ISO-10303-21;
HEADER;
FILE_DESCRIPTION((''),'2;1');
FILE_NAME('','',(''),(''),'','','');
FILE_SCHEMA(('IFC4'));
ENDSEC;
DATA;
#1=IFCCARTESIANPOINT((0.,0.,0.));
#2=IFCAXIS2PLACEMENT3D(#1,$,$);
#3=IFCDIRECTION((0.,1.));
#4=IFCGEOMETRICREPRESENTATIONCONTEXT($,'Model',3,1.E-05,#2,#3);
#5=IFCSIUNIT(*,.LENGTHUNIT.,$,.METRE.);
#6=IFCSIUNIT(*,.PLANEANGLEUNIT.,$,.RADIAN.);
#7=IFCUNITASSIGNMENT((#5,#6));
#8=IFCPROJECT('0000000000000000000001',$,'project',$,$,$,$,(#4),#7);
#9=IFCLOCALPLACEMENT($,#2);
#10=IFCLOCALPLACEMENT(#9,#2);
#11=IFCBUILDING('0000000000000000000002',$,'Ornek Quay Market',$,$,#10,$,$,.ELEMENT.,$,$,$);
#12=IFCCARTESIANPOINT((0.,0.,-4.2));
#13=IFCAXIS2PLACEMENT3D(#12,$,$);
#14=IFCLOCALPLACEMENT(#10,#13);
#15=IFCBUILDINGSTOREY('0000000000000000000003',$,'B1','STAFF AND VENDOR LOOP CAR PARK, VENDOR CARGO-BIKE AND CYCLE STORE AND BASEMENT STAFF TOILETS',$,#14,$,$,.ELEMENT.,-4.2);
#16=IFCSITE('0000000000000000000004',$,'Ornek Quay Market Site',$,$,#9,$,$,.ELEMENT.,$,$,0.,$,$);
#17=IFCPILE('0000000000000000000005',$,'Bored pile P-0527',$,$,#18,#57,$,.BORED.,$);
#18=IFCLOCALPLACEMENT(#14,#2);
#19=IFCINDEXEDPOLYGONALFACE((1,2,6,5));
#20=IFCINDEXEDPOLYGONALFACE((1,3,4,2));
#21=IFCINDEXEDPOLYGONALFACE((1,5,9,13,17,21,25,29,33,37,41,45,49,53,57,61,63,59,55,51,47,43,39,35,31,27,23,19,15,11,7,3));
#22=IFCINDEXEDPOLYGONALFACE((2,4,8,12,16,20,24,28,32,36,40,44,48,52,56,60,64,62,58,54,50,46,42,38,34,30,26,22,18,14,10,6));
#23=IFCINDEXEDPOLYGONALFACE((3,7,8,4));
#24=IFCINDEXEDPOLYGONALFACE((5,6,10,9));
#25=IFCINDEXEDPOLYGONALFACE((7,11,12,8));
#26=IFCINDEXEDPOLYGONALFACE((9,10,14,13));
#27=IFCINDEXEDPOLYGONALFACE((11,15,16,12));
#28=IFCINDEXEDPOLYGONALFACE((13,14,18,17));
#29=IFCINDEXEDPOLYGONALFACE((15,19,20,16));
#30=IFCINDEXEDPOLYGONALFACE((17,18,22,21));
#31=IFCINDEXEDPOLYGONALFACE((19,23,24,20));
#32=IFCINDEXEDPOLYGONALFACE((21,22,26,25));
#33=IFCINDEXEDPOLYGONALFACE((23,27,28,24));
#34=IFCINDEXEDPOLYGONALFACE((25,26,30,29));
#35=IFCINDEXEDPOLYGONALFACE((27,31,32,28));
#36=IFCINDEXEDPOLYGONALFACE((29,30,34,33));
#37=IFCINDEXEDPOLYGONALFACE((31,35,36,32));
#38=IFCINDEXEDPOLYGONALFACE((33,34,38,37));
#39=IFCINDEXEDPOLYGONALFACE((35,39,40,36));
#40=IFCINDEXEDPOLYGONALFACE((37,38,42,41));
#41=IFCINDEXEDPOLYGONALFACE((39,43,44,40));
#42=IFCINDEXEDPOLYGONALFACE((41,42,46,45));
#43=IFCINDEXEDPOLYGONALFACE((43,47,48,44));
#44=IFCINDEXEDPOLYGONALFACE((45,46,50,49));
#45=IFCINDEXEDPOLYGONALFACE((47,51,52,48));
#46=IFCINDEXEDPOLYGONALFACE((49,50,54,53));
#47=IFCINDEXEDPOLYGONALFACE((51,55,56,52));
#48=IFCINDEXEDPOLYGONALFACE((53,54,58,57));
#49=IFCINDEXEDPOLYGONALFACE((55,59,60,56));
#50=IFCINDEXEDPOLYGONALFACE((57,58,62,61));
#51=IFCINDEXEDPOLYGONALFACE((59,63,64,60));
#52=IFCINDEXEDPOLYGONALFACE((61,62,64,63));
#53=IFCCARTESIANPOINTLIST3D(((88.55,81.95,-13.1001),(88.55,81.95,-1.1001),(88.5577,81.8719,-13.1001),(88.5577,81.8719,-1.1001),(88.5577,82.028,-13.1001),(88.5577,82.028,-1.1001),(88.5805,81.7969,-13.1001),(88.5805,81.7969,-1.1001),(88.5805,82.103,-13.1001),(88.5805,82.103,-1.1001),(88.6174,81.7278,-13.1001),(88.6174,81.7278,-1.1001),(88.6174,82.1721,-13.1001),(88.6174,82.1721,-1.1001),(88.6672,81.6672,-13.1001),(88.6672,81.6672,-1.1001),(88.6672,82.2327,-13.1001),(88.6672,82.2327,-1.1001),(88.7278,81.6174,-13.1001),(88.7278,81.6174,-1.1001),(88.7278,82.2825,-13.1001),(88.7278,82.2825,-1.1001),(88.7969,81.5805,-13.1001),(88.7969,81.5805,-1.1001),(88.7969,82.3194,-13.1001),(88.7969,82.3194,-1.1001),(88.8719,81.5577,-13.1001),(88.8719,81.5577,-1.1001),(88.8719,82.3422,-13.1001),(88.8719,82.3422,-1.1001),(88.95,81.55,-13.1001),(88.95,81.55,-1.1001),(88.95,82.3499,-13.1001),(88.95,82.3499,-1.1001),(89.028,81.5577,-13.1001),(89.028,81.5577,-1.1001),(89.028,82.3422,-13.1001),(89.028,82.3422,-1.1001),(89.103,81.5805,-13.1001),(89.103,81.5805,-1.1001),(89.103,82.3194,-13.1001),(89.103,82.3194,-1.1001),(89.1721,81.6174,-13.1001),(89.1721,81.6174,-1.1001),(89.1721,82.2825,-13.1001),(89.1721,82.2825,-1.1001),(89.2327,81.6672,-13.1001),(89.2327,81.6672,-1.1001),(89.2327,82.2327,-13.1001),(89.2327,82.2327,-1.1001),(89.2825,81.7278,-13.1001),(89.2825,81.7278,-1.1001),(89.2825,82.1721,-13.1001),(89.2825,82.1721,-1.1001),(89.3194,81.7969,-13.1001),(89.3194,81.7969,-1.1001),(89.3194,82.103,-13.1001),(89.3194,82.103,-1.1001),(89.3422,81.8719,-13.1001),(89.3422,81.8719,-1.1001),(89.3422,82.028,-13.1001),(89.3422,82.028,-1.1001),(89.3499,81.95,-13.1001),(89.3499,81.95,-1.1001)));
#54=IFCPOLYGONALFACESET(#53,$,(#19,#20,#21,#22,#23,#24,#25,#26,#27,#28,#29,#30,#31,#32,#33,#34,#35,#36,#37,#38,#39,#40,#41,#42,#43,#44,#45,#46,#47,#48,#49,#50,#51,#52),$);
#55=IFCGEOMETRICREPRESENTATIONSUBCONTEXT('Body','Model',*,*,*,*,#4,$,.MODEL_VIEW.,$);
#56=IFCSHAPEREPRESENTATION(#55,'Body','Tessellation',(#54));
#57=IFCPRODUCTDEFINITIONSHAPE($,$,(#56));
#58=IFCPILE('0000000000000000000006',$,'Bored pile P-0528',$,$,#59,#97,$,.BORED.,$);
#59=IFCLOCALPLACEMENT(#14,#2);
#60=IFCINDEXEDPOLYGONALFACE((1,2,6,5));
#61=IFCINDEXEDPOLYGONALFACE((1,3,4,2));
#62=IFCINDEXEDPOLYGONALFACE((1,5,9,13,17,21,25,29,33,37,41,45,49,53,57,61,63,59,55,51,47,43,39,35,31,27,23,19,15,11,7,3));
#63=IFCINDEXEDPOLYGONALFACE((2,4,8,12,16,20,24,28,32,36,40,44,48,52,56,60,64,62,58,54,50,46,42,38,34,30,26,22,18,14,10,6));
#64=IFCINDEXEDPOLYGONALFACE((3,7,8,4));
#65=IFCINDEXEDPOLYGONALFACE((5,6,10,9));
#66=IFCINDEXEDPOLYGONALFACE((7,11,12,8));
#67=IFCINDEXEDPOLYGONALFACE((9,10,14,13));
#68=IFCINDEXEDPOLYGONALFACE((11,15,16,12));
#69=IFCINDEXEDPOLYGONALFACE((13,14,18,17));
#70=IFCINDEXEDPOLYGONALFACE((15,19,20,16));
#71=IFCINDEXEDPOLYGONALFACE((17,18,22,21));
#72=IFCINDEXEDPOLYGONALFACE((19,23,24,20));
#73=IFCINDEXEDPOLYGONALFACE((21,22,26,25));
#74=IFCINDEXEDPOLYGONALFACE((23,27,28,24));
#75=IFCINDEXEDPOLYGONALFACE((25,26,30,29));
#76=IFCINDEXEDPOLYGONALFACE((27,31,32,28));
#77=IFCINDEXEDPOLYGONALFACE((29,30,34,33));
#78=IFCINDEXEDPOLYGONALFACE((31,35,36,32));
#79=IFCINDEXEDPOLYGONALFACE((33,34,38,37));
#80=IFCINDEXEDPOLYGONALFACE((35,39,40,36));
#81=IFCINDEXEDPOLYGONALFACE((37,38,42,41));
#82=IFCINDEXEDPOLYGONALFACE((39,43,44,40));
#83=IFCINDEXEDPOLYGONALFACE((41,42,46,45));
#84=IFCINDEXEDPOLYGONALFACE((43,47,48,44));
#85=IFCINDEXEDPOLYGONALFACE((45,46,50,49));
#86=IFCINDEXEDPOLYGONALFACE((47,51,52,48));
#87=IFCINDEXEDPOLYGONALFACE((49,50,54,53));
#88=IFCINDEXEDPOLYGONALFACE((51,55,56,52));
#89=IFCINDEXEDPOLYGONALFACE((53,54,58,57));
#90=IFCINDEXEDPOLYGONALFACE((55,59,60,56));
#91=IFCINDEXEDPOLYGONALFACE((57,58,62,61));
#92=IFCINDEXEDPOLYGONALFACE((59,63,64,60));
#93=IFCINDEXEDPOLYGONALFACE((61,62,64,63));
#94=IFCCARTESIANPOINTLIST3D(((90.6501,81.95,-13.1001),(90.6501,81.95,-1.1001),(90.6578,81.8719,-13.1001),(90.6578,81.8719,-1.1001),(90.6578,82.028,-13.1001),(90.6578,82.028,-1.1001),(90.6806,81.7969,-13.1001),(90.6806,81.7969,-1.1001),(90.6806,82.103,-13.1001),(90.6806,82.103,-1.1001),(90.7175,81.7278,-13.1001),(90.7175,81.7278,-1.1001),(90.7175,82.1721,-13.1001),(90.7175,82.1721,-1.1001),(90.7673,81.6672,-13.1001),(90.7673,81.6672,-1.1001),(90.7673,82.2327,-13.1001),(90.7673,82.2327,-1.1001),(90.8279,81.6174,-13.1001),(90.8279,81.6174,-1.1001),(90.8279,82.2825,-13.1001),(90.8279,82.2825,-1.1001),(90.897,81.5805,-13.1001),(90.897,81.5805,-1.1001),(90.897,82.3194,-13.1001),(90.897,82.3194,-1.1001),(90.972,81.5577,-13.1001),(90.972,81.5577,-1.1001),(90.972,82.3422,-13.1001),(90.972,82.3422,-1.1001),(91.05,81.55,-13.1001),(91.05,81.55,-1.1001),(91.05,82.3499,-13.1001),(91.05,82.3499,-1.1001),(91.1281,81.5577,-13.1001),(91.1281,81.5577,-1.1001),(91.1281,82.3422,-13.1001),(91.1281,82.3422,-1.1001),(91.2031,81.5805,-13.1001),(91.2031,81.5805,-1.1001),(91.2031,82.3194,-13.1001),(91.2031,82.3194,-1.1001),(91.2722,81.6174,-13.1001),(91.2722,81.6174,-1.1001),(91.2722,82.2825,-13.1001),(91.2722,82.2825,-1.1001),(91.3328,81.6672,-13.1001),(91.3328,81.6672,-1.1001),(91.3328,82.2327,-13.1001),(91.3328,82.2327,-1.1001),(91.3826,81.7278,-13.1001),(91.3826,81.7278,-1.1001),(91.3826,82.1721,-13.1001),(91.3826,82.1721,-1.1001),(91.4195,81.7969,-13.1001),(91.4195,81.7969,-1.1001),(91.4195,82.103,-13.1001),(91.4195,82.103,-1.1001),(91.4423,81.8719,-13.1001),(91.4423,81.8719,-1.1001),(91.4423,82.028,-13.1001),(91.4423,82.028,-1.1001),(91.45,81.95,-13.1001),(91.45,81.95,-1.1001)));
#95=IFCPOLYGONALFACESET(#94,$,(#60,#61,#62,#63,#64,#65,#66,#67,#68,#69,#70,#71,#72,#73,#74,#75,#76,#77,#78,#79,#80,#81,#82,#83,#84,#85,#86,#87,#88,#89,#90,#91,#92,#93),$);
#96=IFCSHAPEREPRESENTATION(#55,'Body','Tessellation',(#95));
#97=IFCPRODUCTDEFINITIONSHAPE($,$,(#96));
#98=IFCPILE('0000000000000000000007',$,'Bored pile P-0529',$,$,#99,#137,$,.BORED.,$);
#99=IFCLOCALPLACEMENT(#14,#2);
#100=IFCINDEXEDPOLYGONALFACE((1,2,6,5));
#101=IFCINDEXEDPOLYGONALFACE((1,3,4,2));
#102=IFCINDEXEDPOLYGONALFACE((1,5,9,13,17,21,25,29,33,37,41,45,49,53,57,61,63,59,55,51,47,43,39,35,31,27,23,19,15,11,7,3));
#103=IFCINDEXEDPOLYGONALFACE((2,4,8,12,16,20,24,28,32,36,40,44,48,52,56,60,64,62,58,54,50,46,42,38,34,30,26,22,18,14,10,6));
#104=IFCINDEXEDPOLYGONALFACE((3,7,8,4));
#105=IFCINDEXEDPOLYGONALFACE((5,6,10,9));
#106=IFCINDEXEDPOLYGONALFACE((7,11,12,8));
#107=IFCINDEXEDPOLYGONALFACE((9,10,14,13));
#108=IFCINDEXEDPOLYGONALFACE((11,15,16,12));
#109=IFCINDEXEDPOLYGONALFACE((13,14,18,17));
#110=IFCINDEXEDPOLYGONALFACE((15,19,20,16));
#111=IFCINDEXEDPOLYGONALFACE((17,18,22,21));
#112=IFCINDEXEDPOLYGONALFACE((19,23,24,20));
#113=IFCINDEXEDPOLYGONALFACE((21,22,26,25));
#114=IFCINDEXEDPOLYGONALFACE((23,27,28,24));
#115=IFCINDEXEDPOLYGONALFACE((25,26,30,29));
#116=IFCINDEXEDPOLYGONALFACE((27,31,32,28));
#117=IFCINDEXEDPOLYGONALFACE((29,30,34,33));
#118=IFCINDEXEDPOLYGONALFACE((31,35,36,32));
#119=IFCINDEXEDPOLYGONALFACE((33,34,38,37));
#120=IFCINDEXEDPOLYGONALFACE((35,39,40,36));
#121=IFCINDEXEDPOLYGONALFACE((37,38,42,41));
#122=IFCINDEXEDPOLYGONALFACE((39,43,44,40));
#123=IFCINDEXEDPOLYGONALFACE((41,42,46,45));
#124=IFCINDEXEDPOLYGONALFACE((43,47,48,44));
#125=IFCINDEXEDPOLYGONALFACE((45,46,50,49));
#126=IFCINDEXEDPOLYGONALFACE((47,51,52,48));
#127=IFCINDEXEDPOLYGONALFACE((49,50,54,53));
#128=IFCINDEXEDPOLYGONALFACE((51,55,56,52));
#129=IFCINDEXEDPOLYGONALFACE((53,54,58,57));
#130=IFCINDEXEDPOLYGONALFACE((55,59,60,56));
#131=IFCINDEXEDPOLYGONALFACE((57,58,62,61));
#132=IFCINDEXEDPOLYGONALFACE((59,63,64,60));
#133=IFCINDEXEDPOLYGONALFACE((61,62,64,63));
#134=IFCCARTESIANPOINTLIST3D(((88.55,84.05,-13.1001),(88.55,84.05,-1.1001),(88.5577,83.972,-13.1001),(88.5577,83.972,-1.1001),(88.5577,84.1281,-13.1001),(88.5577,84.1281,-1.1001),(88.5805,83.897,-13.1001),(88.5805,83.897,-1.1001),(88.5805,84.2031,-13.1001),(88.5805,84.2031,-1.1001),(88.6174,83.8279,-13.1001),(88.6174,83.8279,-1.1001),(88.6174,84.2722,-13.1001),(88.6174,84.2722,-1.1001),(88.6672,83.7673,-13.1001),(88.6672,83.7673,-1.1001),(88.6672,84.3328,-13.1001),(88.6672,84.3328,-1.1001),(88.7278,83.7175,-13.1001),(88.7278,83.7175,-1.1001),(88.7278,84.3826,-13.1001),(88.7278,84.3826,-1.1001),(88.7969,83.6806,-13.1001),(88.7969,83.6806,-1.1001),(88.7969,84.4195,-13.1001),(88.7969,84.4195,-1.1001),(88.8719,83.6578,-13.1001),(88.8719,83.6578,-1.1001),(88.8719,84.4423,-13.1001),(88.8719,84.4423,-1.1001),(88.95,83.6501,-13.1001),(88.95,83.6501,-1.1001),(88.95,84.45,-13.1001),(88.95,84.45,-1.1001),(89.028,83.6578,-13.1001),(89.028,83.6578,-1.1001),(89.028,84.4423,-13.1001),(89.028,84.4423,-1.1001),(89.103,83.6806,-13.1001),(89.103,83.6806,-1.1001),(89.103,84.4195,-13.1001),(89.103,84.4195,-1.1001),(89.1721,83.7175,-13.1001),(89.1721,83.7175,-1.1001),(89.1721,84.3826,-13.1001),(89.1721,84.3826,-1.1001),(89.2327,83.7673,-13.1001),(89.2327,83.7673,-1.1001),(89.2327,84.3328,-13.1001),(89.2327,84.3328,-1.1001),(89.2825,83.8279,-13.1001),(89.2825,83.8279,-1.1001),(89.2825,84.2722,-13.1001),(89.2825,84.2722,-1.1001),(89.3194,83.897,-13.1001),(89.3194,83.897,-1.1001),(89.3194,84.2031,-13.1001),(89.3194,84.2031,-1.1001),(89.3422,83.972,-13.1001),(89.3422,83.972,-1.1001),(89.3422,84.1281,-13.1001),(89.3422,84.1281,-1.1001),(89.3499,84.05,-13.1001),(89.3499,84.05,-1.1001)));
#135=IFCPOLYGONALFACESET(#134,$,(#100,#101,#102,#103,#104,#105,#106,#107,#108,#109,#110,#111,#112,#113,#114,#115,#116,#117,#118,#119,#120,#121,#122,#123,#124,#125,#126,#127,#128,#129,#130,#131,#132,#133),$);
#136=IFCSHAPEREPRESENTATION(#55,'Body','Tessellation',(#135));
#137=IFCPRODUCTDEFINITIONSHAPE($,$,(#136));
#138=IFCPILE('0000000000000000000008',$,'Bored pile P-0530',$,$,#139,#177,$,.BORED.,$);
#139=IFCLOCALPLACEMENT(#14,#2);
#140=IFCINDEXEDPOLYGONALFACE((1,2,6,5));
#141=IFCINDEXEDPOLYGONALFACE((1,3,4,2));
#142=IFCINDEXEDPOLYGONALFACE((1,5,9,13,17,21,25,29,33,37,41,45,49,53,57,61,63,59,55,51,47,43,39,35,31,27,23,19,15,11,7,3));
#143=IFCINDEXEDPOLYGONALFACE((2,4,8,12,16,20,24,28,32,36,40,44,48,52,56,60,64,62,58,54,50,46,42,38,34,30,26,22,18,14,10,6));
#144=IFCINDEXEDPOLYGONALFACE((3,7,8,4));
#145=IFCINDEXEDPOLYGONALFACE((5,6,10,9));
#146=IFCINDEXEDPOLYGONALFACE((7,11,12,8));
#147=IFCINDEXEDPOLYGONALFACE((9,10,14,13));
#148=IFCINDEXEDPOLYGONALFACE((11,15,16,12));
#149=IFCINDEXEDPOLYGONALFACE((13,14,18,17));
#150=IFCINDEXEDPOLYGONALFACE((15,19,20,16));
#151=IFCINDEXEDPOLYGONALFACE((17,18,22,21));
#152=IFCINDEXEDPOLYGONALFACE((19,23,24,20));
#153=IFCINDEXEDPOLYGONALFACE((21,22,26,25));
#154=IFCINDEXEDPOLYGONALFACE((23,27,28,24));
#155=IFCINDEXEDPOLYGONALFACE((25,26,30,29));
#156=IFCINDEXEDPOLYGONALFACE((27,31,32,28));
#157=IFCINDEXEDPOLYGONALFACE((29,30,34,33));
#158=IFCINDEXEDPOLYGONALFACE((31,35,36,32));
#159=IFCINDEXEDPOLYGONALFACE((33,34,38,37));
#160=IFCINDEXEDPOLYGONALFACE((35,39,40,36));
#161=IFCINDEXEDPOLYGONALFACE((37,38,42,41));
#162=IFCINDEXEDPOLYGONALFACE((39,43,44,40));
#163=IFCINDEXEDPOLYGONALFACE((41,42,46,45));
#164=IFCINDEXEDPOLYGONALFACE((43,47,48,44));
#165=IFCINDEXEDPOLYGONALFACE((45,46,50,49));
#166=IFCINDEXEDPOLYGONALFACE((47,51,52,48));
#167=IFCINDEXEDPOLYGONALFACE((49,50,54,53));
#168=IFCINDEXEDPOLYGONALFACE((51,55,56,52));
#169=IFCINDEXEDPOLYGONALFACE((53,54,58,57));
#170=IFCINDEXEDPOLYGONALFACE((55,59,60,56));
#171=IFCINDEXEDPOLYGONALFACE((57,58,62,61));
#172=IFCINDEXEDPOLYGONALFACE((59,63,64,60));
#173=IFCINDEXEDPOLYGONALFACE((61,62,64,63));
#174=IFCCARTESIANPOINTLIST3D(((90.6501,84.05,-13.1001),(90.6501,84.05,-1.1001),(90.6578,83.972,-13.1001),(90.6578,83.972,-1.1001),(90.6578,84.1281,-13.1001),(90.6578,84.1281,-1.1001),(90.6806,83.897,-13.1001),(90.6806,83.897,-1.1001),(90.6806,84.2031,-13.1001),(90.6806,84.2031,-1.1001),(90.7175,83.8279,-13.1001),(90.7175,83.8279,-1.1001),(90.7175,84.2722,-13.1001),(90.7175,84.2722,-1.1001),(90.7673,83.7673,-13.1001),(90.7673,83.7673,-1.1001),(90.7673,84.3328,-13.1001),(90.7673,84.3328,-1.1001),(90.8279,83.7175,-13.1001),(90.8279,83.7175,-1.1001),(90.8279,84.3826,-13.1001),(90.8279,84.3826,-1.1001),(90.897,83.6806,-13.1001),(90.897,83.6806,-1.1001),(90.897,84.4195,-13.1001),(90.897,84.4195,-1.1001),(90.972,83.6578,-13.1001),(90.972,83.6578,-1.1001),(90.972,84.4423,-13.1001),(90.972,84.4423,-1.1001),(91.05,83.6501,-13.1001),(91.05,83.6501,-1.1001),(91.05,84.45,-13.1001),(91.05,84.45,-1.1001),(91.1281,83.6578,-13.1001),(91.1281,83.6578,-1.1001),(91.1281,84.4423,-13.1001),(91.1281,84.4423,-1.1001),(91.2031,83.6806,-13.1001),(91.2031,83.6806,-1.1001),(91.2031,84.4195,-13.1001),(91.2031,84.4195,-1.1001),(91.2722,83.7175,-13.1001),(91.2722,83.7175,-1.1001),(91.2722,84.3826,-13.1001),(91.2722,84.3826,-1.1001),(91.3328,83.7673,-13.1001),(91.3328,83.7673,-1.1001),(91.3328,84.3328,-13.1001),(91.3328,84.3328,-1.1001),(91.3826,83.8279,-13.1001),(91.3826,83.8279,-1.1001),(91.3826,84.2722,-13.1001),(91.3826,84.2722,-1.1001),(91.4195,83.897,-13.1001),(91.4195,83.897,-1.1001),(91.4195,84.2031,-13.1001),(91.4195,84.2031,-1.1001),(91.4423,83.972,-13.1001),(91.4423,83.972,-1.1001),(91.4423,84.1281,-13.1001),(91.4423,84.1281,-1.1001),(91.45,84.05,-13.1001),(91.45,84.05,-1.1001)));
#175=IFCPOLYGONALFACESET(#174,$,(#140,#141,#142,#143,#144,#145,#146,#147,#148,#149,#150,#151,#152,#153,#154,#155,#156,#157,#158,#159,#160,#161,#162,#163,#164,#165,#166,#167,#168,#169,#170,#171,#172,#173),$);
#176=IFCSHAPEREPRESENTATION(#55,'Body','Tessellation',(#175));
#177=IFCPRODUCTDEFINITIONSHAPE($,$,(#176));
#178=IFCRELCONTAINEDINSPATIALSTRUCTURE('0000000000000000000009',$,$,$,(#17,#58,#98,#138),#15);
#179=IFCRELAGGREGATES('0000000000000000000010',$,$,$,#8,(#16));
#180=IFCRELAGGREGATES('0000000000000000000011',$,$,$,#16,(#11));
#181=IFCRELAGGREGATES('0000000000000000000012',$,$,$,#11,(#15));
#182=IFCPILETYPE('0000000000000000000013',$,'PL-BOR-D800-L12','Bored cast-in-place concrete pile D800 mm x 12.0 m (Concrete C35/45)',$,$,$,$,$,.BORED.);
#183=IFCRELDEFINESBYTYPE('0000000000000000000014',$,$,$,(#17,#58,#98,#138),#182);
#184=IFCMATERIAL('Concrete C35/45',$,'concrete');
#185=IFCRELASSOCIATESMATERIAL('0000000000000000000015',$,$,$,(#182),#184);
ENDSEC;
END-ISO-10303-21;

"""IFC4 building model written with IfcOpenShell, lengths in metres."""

from ifc_helpers import new_model, si_unit, direction, frame, origin, origin_2d, place, context, subcontext, project, spatial, circle, extrude, material, material_profile, profile_set, type_object, element, save


model = new_model("IFC4")

# Units and contexts
model_context = context("Model", 3, precision=1e-05, world=origin(), true_north=direction((0.0, 1.0)))
body_context = subcontext(model_context, "Body", "Model", "MODEL_VIEW")
ifc_project = project(units=[si_unit("LENGTHUNIT", "METRE"), si_unit("PLANEANGLEUNIT", "RADIAN")], contexts=[model_context])

# Site, building, storey
site_placement = place(None, origin())
site = spatial("IfcSite", under=ifc_project, at=site_placement, Name="Ornek Quay Market Site", CompositionType="ELEMENT", RefElevation=0.0)
building_placement = place(site_placement, origin())
building = spatial("IfcBuilding", under=site, at=building_placement, Name="Ornek Quay Market", CompositionType="ELEMENT")
storey_placement = place(building_placement, frame((0.0, 0.0, -4.2)))
storey = spatial("IfcBuildingStorey", under=building, at=storey_placement, Name="B1", Description="STAFF AND VENDOR LOOP CAR PARK, VENDOR CARGO-BIKE AND CYCLE STORE AND BASEMENT STAFF TOILETS", CompositionType="ELEMENT", Elevation=-4.2)

# Piles
ifc_material_1 = material(Name="Concrete C35/45", Category="concrete")
ifc_material_profile_1 = material_profile(ifc_material_1, circle(Radius=0.3999, at=origin_2d()), Name="PILE D800", Category="concrete")
ifc_profile_set_1 = profile_set([ifc_material_profile_1], Name="Concrete C35/45")
pile_type_1 = type_object("IfcPileType", Name="PL-BOR-D800-L12", Description="Bored cast-in-place concrete pile D800 mm x 12.0 m (Concrete C35/45)", PredefinedType="BORED", material=ifc_profile_set_1)
for number, where, z_axis, x_axis, name in (
    (1, (88.95, 81.95, -1.1001), (0.0, 0.0, -1.0), (1.0, 0.0, 0.0), "Bored pile P-0527"),
    (2, (91.05, 81.95, -1.1001), (0.0, 0.0, -1.0), (1.0, 0.0, 0.0), "Bored pile P-0528"),
    (3, (88.95, 84.05, -1.1001), (0.0, 0.0, -1.0), (1.0, 0.0, 0.0), "Bored pile P-0529"),
    (4, (91.05, 84.05, -1.1001), (0.0, 0.0, -1.0), (1.0, 0.0, 0.0), "Bored pile P-0530"),
):
    element("IfcPile", number, at=place(storey_placement, frame(where, z_axis=z_axis, x_axis=x_axis)), inside=storey, type_object=pile_type_1, Name=name, PredefinedType="BORED", context=body_context, shape_type="SweptSolid", body=[
        extrude(circle(Radius=0.3999, at=origin_2d()), origin(), (0.0, 0.0, 1.0), 12.0),
    ])

save(model, "model.ifc")
